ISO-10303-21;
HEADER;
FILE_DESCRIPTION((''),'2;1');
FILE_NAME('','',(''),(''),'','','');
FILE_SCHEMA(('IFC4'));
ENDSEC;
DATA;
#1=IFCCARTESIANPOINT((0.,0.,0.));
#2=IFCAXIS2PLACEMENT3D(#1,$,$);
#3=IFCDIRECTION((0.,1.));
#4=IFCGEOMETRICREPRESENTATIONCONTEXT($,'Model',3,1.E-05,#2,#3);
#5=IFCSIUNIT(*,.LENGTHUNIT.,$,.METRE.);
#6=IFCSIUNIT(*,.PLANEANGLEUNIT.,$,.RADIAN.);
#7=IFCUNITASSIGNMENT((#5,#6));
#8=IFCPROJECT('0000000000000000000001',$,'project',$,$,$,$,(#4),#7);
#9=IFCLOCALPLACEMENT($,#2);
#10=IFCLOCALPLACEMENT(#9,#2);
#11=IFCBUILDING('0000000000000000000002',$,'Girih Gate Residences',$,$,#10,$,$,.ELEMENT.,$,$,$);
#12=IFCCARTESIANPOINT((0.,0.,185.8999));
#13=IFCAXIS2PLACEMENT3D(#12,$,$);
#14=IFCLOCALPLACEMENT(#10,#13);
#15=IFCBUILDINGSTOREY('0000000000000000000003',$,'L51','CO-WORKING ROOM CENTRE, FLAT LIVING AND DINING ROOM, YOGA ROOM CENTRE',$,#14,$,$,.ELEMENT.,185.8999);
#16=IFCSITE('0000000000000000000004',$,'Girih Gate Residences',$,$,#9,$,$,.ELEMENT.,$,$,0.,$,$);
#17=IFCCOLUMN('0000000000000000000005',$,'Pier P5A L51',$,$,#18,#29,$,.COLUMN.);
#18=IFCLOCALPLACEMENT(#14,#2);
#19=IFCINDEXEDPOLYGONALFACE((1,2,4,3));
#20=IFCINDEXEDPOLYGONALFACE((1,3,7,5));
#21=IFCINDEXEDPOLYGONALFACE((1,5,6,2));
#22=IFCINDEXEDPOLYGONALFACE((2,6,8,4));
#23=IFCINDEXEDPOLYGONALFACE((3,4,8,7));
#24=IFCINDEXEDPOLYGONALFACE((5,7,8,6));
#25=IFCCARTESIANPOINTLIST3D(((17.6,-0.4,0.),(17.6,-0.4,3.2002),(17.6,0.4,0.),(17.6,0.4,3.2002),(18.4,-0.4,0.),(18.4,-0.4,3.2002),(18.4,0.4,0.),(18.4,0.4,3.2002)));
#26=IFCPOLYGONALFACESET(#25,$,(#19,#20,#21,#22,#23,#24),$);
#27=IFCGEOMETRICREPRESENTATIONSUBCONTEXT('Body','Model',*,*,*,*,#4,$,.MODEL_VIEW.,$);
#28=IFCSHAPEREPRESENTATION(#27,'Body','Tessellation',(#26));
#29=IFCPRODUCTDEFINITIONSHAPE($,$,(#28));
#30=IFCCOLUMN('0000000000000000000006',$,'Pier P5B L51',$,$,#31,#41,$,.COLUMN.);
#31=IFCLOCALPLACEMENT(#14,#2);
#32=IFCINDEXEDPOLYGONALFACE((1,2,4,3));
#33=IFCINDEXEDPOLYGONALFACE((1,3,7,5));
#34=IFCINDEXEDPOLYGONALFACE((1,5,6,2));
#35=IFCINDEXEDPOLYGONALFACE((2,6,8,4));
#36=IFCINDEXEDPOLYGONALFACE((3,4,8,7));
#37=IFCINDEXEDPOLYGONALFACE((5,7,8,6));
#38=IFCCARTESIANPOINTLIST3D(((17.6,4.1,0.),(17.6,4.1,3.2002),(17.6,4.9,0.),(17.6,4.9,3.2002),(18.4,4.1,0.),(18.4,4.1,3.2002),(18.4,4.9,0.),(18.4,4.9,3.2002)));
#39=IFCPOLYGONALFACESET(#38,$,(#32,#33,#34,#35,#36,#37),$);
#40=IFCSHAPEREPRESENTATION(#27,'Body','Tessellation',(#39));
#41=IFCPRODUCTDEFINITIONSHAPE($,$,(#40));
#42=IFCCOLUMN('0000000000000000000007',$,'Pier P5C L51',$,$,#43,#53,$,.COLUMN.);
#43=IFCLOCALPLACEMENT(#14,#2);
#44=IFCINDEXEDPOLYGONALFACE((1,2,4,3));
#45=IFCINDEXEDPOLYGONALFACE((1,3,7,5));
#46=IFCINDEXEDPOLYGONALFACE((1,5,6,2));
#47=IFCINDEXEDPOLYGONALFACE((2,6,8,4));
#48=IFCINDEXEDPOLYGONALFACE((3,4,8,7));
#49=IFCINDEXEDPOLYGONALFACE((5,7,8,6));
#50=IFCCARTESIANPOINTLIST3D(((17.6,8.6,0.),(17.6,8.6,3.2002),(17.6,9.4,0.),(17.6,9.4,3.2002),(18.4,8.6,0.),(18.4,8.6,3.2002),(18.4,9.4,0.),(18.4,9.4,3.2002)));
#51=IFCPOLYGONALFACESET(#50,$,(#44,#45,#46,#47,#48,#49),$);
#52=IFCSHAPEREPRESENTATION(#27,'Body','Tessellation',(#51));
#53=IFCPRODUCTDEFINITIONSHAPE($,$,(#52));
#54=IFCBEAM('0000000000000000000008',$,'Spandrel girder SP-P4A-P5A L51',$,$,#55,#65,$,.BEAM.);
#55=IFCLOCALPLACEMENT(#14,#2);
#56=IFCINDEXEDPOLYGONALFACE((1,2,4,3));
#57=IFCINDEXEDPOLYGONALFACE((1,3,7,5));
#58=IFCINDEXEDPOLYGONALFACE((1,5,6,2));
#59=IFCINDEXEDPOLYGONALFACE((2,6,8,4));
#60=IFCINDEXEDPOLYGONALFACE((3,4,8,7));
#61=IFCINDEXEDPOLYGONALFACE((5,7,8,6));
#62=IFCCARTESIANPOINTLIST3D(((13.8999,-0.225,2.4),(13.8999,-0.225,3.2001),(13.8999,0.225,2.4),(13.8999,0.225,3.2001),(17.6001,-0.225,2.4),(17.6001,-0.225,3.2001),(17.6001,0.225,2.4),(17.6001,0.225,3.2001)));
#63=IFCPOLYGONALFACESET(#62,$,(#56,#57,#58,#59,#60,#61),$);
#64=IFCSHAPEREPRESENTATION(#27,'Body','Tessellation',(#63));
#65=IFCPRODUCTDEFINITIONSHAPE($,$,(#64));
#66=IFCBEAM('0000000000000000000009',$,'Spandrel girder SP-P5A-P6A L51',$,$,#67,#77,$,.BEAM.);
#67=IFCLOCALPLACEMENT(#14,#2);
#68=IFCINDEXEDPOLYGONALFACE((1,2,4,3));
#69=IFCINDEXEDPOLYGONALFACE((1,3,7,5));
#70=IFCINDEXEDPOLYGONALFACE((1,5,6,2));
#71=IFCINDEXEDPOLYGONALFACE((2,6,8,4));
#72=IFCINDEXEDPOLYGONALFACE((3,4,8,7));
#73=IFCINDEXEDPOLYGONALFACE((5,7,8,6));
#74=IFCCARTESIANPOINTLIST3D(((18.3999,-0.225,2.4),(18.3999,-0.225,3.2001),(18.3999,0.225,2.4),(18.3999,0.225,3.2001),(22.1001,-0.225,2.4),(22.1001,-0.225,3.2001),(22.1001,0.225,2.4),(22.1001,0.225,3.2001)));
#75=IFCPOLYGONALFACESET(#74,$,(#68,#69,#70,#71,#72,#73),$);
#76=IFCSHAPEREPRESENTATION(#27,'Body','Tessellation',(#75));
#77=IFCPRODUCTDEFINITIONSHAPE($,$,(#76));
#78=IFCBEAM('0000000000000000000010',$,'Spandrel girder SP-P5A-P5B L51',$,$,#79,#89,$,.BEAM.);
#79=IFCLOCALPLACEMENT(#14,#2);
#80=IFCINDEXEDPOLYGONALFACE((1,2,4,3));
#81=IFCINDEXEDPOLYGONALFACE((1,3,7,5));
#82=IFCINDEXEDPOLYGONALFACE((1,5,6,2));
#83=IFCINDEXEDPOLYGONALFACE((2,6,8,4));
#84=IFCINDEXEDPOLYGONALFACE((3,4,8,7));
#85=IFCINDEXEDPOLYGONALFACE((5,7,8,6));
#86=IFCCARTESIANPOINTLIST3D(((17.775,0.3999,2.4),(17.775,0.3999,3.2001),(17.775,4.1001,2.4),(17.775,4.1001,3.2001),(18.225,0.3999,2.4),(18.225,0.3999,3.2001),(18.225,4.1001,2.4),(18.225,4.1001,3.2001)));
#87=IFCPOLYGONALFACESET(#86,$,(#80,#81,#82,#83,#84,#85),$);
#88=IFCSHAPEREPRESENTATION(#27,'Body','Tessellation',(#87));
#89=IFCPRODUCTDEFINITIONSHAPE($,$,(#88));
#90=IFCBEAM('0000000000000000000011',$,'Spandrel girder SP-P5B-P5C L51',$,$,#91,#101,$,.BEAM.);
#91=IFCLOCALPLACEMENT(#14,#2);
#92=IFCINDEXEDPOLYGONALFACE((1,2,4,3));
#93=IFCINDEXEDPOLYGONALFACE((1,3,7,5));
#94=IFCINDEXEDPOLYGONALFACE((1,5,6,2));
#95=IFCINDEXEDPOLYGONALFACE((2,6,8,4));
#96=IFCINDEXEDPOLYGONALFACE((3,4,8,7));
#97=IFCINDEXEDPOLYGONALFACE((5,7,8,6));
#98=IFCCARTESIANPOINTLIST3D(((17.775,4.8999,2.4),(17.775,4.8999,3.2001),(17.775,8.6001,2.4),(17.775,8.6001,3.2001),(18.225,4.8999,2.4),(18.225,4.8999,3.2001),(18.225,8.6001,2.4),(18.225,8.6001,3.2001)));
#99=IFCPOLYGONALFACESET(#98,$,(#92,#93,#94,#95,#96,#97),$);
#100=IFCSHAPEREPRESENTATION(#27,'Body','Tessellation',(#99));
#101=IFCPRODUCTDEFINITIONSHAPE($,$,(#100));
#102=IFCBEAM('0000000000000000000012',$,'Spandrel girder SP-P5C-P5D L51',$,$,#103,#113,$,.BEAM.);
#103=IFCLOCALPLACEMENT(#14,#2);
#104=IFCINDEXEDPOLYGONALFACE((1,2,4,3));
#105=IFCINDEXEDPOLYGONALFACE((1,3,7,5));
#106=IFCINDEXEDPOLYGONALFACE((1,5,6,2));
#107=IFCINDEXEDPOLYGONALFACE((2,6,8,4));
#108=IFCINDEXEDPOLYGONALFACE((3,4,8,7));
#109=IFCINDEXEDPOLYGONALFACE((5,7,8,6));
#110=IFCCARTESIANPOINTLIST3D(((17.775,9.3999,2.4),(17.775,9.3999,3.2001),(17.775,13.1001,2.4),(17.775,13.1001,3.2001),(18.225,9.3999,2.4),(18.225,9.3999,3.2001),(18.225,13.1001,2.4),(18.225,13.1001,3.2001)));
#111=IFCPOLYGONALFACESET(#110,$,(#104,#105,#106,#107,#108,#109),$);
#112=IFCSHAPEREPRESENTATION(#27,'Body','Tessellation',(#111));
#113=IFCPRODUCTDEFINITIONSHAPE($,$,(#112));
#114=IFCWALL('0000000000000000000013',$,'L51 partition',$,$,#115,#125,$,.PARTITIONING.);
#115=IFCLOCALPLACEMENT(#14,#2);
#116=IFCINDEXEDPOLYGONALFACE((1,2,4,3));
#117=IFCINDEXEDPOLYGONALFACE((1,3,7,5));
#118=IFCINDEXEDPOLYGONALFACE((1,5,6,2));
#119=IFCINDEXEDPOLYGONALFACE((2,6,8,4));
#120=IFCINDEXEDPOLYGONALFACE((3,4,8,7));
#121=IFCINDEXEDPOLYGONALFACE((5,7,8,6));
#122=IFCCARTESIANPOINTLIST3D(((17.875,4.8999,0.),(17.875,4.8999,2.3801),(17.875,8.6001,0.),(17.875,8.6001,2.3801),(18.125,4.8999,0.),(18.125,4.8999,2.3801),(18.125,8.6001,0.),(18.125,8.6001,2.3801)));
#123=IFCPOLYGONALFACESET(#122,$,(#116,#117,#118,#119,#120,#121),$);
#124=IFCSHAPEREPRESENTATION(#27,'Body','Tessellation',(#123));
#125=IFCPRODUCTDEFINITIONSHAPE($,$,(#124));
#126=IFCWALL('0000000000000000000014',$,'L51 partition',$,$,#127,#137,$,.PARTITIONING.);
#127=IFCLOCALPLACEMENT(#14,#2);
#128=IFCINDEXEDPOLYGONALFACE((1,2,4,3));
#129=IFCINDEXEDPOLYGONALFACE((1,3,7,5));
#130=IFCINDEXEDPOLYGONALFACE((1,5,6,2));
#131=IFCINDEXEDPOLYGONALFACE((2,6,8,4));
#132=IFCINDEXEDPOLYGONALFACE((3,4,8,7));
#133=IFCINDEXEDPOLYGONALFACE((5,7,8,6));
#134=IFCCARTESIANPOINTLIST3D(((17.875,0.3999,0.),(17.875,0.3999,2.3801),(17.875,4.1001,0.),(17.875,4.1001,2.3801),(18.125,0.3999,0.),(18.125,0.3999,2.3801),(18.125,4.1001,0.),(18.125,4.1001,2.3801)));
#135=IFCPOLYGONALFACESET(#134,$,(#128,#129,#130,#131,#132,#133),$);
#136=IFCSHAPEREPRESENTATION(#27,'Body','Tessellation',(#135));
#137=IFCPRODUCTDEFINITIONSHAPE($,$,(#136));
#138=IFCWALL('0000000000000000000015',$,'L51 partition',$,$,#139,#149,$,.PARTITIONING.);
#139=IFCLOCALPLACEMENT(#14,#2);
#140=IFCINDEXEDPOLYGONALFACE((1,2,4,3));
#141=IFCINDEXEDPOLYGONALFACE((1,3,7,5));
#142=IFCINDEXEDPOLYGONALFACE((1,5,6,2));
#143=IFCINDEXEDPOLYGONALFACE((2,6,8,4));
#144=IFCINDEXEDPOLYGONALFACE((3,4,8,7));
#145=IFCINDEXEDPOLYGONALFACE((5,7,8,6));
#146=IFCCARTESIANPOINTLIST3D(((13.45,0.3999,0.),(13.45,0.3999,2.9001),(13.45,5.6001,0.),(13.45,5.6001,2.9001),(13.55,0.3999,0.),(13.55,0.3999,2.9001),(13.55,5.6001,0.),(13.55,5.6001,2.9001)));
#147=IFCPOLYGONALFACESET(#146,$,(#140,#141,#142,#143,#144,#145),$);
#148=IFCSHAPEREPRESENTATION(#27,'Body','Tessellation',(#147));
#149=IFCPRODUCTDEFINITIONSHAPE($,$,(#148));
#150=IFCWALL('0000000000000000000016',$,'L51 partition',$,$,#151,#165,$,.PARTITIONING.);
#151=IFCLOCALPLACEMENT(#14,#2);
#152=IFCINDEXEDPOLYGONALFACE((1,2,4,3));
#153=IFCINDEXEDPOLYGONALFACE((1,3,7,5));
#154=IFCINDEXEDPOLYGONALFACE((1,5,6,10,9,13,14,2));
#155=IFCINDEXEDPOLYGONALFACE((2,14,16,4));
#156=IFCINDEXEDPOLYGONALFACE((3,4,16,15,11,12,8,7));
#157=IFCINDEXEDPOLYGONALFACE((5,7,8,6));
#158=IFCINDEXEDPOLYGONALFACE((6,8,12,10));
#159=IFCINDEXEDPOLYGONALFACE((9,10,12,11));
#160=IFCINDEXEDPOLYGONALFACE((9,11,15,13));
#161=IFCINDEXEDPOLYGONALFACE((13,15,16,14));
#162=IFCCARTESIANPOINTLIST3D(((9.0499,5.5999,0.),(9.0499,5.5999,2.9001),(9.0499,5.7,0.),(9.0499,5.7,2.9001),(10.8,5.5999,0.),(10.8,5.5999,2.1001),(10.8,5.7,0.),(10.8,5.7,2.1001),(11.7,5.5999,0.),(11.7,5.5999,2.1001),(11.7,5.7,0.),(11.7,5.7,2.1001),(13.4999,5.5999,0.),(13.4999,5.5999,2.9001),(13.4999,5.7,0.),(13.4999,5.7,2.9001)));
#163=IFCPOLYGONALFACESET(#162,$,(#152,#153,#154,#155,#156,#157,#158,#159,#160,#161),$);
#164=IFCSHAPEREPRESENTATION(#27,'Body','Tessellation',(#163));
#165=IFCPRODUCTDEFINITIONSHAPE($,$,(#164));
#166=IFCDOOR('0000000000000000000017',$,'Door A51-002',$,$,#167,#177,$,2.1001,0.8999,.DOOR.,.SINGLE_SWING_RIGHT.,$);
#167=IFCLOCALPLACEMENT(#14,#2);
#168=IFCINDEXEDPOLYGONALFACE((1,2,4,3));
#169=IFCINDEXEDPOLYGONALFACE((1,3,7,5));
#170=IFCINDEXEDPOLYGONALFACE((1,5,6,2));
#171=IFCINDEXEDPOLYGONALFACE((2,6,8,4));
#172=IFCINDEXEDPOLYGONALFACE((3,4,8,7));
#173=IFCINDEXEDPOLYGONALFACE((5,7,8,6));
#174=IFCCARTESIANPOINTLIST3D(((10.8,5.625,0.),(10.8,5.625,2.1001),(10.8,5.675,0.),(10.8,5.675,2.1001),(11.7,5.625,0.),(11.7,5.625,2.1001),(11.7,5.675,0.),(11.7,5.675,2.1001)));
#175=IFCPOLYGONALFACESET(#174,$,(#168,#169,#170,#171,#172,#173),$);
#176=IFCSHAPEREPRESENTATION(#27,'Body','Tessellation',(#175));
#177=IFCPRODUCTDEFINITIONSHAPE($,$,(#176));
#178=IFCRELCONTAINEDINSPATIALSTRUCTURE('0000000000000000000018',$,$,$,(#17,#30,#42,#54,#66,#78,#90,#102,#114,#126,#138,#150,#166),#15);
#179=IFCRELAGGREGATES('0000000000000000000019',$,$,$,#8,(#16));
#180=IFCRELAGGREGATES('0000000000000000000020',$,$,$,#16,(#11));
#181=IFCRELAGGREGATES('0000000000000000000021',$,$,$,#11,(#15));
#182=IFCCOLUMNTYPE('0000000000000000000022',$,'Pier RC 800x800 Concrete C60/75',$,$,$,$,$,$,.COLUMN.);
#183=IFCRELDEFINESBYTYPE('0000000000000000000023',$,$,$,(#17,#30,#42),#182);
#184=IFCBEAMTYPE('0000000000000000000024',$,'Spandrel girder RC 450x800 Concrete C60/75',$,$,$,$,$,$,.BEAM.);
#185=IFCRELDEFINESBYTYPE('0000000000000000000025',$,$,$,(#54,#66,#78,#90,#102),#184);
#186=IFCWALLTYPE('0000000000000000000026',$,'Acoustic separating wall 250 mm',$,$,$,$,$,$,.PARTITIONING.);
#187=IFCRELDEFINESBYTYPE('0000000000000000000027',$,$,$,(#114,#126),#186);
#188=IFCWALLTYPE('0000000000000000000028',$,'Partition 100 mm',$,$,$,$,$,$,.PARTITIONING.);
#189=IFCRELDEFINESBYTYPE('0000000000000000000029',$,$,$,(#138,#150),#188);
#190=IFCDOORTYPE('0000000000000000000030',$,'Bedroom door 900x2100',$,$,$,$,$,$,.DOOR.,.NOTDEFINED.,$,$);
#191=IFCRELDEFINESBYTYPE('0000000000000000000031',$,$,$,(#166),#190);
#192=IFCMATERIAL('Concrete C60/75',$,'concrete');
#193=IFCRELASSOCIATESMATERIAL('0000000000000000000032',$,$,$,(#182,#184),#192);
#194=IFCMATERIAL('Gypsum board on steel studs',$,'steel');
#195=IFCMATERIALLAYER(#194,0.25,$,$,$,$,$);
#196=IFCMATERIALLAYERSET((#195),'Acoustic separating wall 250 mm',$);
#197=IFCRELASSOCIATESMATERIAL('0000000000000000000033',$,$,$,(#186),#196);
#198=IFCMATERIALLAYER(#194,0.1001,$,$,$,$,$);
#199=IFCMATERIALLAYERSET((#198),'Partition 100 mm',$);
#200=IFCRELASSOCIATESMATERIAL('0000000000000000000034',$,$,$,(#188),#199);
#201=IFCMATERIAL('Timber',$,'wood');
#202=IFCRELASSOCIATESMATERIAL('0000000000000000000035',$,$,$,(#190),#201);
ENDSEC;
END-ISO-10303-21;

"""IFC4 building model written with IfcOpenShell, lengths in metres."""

from ifc_helpers import new_model, si_unit, direction, frame, frame_2d, origin, origin_2d, place, context, subcontext, project, spatial, rectangle, extrude, material, layer, layer_set, material_profile, profile_set, type_object, element, fill, save


model = new_model("IFC4")

# Units and contexts
model_context = context("Model", 3, precision=1e-05, world=origin(), true_north=direction((0.0, 1.0)))
body_context = subcontext(model_context, "Body", "Model", "MODEL_VIEW")
ifc_project = project(units=[si_unit("LENGTHUNIT", "METRE"), si_unit("PLANEANGLEUNIT", "RADIAN")], contexts=[model_context])

# Site, building, storey
site_placement = place(None, origin())
site = spatial("IfcSite", under=ifc_project, at=site_placement, Name="Girih Gate Residences", CompositionType="ELEMENT", RefElevation=0.0)
building_placement = place(site_placement, origin())
building = spatial("IfcBuilding", under=site, at=building_placement, Name="Girih Gate Residences", CompositionType="ELEMENT")
storey_placement = place(building_placement, frame((0.0, 0.0, 185.8999)))
storey = spatial("IfcBuildingStorey", under=building, at=storey_placement, Name="L51", Description="CO-WORKING ROOM CENTRE, FLAT LIVING AND DINING ROOM, YOGA ROOM CENTRE", CompositionType="ELEMENT", Elevation=185.8999)

# Columns
ifc_material_1 = material(Name="Concrete C60/75", Category="concrete")
ifc_material_profile_1 = material_profile(ifc_material_1, rectangle(XDim=0.8, YDim=0.8, at=origin_2d()))
ifc_profile_set_1 = profile_set([ifc_material_profile_1], Name="Concrete C60/75")
column_type = type_object("IfcColumnType", Name="Pier RC 800x800 Concrete C60/75", PredefinedType="COLUMN", material=ifc_profile_set_1)
for number, where, z_axis, x_axis, name in (
    (1, (18.0, 0.0, 0.0), (0.0, 0.0, 1.0), (1.0, 0.0, 0.0), "Pier P5A L51"),
    (2, (18.0, 4.5, 0.0), (0.0, 0.0, 1.0), (1.0, 0.0, 0.0), "Pier P5B L51"),
    (3, (18.0, 9.0, 0.0), (0.0, 0.0, 1.0), (1.0, 0.0, 0.0), "Pier P5C L51"),
):
    element("IfcColumn", number, at=place(storey_placement, frame(where, z_axis=z_axis, x_axis=x_axis)), inside=storey, type_object=column_type, Name=name, PredefinedType="COLUMN", context=body_context, shape_type="SweptSolid", body=[
        extrude(rectangle(XDim=0.8, YDim=0.8, at=origin_2d()), origin(), (0.0, 0.0, 1.0), 3.2002),
    ])

# Beams
ifc_material_profile_2 = material_profile(ifc_material_1, rectangle(XDim=0.45, YDim=0.8, at=origin_2d()))
ifc_profile_set_2 = profile_set([ifc_material_profile_2], Name="Concrete C60/75")
beam_type = type_object("IfcBeamType", Name="Spandrel girder RC 450x800 Concrete C60/75", PredefinedType="BEAM", material=ifc_profile_set_2)
for number, where, z_axis, x_axis, name in (
    (4, (13.8999, 0.0, 2.8), (1.0, 0.0, 0.0), (0.0, 1.0, 0.0), "Spandrel girder SP-P4A-P5A L51"),
    (5, (18.3999, 0.0, 2.8), (1.0, 0.0, 0.0), (0.0, 1.0, 0.0), "Spandrel girder SP-P5A-P6A L51"),
    (6, (18.0, 0.3999, 2.8), (0.0, 1.0, 0.0), (-1.0, 0.0, 0.0), "Spandrel girder SP-P5A-P5B L51"),
    (7, (18.0, 4.8999, 2.8), (0.0, 1.0, 0.0), (-1.0, 0.0, 0.0), "Spandrel girder SP-P5B-P5C L51"),
    (8, (18.0, 9.3999, 2.8), (0.0, 1.0, 0.0), (-1.0, 0.0, 0.0), "Spandrel girder SP-P5C-P5D L51"),
):
    element("IfcBeam", number, at=place(storey_placement, frame(where, z_axis=z_axis, x_axis=x_axis)), inside=storey, type_object=beam_type, Name=name, PredefinedType="BEAM", context=body_context, shape_type="SweptSolid", body=[
        extrude(rectangle(XDim=0.45, YDim=0.8, at=origin_2d()), origin(), (0.0, 0.0, 1.0), 3.7002),
    ])

# Walls
ifc_material_2 = material(Name="Gypsum board on steel studs", Category="steel")
ifc_layer_1 = layer(ifc_material_2, 0.25)
ifc_layer_set_1 = layer_set([ifc_layer_1], Name="Acoustic separating wall 250 mm")
wall_type_1 = type_object("IfcWallType", Name="Acoustic separating wall 250 mm", PredefinedType="PARTITIONING", material=ifc_layer_set_1)
for number, where, z_axis, x_axis, name in (
    (9, (18.0, 4.8999, 0.0), (0.0, 0.0, 1.0), (0.0, 1.0, 0.0), "L51 partition"),
    (10, (18.0, 0.3999, 0.0), (0.0, 0.0, 1.0), (0.0, 1.0, 0.0), "L51 partition"),
):
    element("IfcWall", number, at=place(storey_placement, frame(where, z_axis=z_axis, x_axis=x_axis)), inside=storey, type_object=wall_type_1, Name=name, PredefinedType="PARTITIONING", context=body_context, shape_type="SweptSolid", body=[
        extrude(rectangle(XDim=3.7002, YDim=0.25, at=frame_2d((1.8501, 0.0))), origin(), (0.0, 0.0, 1.0), 2.3801),
    ])
ifc_layer_2 = layer(ifc_material_2, 0.1001)
ifc_layer_set_2 = layer_set([ifc_layer_2], Name="Partition 100 mm")
wall_type_2 = type_object("IfcWallType", Name="Partition 100 mm", PredefinedType="PARTITIONING", material=ifc_layer_set_2)
wall_1_placement = place(storey_placement, frame((13.5, 0.3999, 0.0), z_axis=(0.0, 0.0, 1.0), x_axis=(0.0, 1.0, 0.0)))
element("IfcWall", 11, at=wall_1_placement, inside=storey, type_object=wall_type_2, Name="L51 partition", PredefinedType="PARTITIONING", context=body_context, shape_type="SweptSolid", body=[
    extrude(rectangle(XDim=5.2002, YDim=0.1001, at=frame_2d((2.6001, 0.0))), origin(), (0.0, 0.0, 1.0), 2.9001),
])

# Wall, opening, door
wall_2_placement = place(storey_placement, frame((13.5, 5.6499, 0.0), z_axis=(0.0, 0.0, 1.0), x_axis=(-1.0, 0.0, 0.0)))
wall_2 = element("IfcWall", 12, at=wall_2_placement, inside=storey, type_object=wall_type_2, Name="L51 partition", PredefinedType="PARTITIONING", context=body_context, shape_type="SweptSolid", body=[
    extrude(rectangle(XDim=4.45, YDim=0.1001, at=frame_2d((2.2251, 0.0))), origin(), (0.0, 0.0, 1.0), 2.9001),
])
opening_1_placement = place(wall_2_placement, frame((1.8, 0.0, 0.0)))
opening_1 = element("IfcOpeningElement", 13, at=opening_1_placement, cuts=wall_2, PredefinedType="OPENING", context=body_context, shape_type="SweptSolid", body=[
    extrude(rectangle(XDim=0.8999, YDim=2.1001, at=frame_2d((0.45, 1.05))), frame((0.0, 0.0601, 0.0), z_axis=(0.0, -1.0, 0.0), x_axis=(1.0, 0.0, 0.0)), (0.0, 0.0, 1.0), 0.1201),
])
ifc_material_3 = material(Name="Timber", Category="wood")
door_type_1 = type_object("IfcDoorType", Name="Bedroom door 900x2100", OperationType="NOTDEFINED", PredefinedType="DOOR", material=ifc_material_3)
door_1_placement = place(opening_1_placement, origin())
door_1 = element("IfcDoor", 14, at=door_1_placement, inside=storey, type_object=door_type_1, Name="Door A51-002", OperationType="SINGLE_SWING_RIGHT", OverallHeight=2.1001, OverallWidth=0.8999, PredefinedType="DOOR", context=body_context, shape_type="SweptSolid", body=[
    extrude(rectangle(XDim=0.8999, YDim=2.1001, at=frame_2d((0.45, 1.05))), frame((0.0, 0.0249, 0.0), z_axis=(0.0, -1.0, 0.0), x_axis=(1.0, 0.0, 0.0)), (0.0, 0.0, 1.0), 0.05),
])
fill(opening_1, door_1)

save(model, "model.ifc")
